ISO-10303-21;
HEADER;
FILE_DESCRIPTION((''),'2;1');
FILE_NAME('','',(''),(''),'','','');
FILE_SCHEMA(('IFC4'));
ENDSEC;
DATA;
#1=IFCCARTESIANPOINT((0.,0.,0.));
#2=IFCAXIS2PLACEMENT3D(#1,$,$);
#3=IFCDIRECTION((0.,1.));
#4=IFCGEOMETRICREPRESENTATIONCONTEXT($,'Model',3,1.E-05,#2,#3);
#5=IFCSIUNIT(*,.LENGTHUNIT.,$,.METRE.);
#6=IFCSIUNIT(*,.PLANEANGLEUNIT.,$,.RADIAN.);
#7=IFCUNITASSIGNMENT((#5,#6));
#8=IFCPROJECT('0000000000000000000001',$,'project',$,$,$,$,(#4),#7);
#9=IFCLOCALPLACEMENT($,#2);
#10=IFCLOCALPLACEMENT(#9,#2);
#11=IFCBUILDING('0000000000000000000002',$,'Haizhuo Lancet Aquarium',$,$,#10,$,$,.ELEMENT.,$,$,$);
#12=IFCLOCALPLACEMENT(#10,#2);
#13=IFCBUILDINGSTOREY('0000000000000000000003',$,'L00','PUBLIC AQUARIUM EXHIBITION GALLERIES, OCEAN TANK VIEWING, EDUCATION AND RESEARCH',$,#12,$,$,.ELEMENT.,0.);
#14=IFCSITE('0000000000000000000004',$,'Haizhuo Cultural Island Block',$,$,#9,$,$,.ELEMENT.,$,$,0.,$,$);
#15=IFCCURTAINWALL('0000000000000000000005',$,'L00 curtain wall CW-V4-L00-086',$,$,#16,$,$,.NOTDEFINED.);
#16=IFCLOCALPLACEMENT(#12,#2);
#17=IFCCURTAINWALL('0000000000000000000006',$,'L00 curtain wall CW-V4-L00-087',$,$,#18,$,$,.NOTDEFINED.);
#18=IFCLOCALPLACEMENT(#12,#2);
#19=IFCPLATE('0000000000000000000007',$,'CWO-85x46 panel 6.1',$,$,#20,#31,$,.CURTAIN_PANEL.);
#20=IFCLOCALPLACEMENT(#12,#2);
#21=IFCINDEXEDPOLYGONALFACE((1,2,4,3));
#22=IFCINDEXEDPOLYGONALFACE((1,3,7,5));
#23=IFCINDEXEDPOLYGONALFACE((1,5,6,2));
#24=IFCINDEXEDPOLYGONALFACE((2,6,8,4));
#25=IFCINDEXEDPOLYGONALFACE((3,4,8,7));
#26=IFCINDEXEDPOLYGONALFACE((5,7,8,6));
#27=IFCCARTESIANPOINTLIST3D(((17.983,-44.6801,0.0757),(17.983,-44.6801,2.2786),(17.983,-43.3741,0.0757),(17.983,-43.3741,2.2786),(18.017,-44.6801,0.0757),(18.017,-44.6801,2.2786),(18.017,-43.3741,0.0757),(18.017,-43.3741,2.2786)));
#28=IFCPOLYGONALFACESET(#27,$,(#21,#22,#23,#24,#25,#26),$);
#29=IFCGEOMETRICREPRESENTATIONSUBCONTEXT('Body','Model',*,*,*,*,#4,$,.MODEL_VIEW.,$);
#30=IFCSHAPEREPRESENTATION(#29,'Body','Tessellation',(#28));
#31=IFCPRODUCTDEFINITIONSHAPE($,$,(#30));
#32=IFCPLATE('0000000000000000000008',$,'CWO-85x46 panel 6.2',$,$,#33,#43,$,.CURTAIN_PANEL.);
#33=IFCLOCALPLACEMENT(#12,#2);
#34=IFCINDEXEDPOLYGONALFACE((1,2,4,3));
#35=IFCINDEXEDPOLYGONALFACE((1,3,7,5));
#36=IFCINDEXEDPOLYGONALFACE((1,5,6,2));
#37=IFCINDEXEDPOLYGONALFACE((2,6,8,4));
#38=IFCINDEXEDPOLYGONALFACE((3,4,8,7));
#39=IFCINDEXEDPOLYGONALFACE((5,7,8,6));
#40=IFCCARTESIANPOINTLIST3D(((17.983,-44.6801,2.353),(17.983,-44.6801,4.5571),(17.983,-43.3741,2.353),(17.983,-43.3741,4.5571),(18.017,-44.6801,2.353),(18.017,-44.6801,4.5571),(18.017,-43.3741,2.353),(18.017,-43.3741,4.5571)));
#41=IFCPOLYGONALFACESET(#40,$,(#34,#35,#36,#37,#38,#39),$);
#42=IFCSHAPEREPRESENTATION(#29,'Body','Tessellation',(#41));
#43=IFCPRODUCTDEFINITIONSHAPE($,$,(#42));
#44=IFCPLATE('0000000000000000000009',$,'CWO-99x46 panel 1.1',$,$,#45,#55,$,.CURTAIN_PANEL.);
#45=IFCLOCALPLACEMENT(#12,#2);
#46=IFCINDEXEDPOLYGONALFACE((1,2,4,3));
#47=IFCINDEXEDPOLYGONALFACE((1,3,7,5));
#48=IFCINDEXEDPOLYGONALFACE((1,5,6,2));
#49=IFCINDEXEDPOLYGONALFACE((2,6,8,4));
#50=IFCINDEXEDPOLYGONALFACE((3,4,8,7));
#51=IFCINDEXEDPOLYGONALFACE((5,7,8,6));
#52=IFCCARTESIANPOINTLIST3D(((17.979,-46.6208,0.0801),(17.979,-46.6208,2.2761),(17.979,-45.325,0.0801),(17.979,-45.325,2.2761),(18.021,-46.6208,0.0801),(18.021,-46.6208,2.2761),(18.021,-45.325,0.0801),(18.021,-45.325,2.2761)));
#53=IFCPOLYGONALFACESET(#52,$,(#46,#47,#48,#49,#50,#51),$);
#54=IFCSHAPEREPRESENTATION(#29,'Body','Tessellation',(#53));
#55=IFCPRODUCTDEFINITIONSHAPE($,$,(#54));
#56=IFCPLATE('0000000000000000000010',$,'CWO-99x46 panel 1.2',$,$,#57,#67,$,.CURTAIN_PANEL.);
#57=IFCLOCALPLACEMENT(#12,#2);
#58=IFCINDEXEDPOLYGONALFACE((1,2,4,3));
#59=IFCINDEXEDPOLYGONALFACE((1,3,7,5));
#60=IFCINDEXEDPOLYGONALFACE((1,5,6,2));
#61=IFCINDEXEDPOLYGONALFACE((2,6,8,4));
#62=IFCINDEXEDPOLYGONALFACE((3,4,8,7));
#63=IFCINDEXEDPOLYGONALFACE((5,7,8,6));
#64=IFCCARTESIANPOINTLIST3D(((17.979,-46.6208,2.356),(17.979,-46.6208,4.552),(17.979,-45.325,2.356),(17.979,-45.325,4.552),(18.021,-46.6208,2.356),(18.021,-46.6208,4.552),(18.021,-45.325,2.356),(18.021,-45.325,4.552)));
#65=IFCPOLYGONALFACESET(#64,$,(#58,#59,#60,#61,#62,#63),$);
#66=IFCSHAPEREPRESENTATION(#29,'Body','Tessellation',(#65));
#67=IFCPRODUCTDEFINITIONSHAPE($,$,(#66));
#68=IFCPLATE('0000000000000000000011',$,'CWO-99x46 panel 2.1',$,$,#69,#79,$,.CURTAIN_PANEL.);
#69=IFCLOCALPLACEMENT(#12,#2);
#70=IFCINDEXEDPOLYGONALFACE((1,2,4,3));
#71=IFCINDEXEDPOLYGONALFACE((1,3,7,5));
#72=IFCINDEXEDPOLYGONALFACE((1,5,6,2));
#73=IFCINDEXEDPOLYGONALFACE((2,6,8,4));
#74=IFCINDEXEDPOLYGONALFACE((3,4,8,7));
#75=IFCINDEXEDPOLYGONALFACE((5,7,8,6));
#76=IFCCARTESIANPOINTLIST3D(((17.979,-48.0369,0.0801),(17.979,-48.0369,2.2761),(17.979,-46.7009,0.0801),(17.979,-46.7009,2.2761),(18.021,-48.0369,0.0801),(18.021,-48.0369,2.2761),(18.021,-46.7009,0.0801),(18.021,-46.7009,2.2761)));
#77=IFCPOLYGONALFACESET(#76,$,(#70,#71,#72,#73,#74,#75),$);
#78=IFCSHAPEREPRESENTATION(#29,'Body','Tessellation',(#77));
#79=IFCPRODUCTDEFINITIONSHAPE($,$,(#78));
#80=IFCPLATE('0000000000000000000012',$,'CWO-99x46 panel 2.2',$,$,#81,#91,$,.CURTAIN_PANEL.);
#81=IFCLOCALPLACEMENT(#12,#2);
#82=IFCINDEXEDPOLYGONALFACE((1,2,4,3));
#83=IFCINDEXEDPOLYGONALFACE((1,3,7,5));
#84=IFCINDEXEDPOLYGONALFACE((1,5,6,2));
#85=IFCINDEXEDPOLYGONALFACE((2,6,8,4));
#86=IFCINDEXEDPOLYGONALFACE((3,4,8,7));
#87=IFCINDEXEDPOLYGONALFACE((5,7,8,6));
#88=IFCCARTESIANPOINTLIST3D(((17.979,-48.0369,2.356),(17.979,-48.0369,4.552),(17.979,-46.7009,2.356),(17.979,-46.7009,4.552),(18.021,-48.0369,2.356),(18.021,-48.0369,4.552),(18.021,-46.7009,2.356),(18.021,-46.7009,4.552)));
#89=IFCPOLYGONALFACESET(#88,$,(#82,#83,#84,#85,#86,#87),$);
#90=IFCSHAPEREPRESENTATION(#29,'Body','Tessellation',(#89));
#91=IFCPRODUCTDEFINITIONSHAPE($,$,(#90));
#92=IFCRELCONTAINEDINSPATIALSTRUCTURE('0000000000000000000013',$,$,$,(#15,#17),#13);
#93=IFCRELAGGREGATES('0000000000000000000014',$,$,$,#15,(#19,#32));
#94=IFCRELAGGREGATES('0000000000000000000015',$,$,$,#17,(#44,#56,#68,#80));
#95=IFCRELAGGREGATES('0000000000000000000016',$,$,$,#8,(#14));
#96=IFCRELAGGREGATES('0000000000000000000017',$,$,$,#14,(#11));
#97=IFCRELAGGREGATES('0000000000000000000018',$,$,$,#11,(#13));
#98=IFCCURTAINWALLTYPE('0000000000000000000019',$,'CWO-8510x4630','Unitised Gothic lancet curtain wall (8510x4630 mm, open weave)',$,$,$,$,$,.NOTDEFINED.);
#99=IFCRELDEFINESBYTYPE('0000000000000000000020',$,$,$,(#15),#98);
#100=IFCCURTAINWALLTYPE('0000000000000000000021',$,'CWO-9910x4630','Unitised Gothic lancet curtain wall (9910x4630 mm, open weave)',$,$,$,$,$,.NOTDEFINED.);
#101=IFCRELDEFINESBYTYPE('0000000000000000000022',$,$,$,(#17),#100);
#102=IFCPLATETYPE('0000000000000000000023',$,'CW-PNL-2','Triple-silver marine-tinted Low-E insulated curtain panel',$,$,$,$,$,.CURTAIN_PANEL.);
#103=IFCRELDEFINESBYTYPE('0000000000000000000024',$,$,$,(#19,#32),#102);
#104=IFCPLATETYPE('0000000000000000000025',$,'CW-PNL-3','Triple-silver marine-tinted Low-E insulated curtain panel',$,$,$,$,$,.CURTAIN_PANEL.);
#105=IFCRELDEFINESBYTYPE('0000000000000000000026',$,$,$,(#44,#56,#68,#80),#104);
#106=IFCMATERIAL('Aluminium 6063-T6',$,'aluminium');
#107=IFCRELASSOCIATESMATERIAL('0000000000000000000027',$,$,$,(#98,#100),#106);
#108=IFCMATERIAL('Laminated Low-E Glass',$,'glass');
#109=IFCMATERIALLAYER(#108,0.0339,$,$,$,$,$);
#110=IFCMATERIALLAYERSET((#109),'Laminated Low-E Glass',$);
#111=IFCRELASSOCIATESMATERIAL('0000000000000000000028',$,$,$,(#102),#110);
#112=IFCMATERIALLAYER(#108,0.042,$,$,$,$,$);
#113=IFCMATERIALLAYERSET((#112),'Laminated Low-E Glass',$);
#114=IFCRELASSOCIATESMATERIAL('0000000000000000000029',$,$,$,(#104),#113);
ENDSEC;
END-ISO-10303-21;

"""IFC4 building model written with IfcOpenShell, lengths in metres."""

from ifc_helpers import new_model, si_unit, direction, frame, origin, origin_2d, place, context, subcontext, project, spatial, rectangle, extrude, material, layer, layer_set, type_object, element, aggregate, save


model = new_model("IFC4")

# Units and contexts
model_context = context("Model", 3, precision=1e-05, world=origin(), true_north=direction((0.0, 1.0)))
body_context = subcontext(model_context, "Body", "Model", "MODEL_VIEW")
ifc_project = project(units=[si_unit("LENGTHUNIT", "METRE"), si_unit("PLANEANGLEUNIT", "RADIAN")], contexts=[model_context])

# Site, building, storey
site_placement = place(None, origin())
site = spatial("IfcSite", under=ifc_project, at=site_placement, Name="Haizhuo Cultural Island Block", CompositionType="ELEMENT", RefElevation=0.0)
building_placement = place(site_placement, origin())
building = spatial("IfcBuilding", under=site, at=building_placement, Name="Haizhuo Lancet Aquarium", CompositionType="ELEMENT")
storey_placement = place(building_placement, origin())
storey = spatial("IfcBuildingStorey", under=building, at=storey_placement, Name="L00", Description="PUBLIC AQUARIUM EXHIBITION GALLERIES, OCEAN TANK VIEWING, EDUCATION AND RESEARCH", CompositionType="ELEMENT", Elevation=0.0)

# Curtain walls
ifc_material_1 = material(Name="Aluminium 6063-T6", Category="aluminium")
curtain_wall_type_1 = type_object("IfcCurtainWallType", Name="CWO-8510x4630", Description="Unitised Gothic lancet curtain wall (8510x4630 mm, open weave)", PredefinedType="NOTDEFINED", material=ifc_material_1)
curtain_wall_1_placement = place(storey_placement, origin())
curtain_wall_1 = element("IfcCurtainWall", 1, at=curtain_wall_1_placement, inside=storey, type_object=curtain_wall_type_1, Name="L00 curtain wall CW-V4-L00-086", PredefinedType="NOTDEFINED")
curtain_wall_type_2 = type_object("IfcCurtainWallType", Name="CWO-9910x4630", Description="Unitised Gothic lancet curtain wall (9910x4630 mm, open weave)", PredefinedType="NOTDEFINED", material=ifc_material_1)
curtain_wall_2_placement = place(storey_placement, origin())
curtain_wall_2 = element("IfcCurtainWall", 2, at=curtain_wall_2_placement, inside=storey, type_object=curtain_wall_type_2, Name="L00 curtain wall CW-V4-L00-087", PredefinedType="NOTDEFINED")

# Plates
ifc_material_2 = material(Name="Laminated Low-E Glass", Category="glass")
ifc_layer_1 = layer(ifc_material_2, 0.0339)
ifc_layer_set_1 = layer_set([ifc_layer_1], Name="Laminated Low-E Glass")
plate_type_1 = type_object("IfcPlateType", Name="CW-PNL-2", Description="Triple-silver marine-tinted Low-E insulated curtain panel", PredefinedType="CURTAIN_PANEL", material=ifc_layer_set_1)
plate_1_placement = place(storey_placement, frame((18.0, -44.0271, 0.0757), z_axis=(0.0, 0.0, 1.0), x_axis=(0.0, -1.0, 0.0)))
plate_1 = element("IfcPlate", 3, at=plate_1_placement, type_object=plate_type_1, Name="CWO-85x46 panel 6.1", PredefinedType="CURTAIN_PANEL", context=body_context, shape_type="SweptSolid", body=[
    extrude(rectangle(XDim=1.3059, YDim=0.0339, at=origin_2d()), origin(), (0.0, 0.0, 1.0), 2.2029),
])
plate_2_placement = place(storey_placement, frame((18.0, -44.0271, 2.353), z_axis=(0.0, 0.0, 1.0), x_axis=(0.0, -1.0, 0.0)))
plate_2 = element("IfcPlate", 4, at=plate_2_placement, type_object=plate_type_1, Name="CWO-85x46 panel 6.2", PredefinedType="CURTAIN_PANEL", context=body_context, shape_type="SweptSolid", body=[
    extrude(rectangle(XDim=1.3059, YDim=0.0339, at=origin_2d()), origin(), (0.0, 0.0, 1.0), 2.2041),
])
aggregate(curtain_wall_1, [plate_1, plate_2])
ifc_layer_2 = layer(ifc_material_2, 0.042)
ifc_layer_set_2 = layer_set([ifc_layer_2], Name="Laminated Low-E Glass")
plate_type_2 = type_object("IfcPlateType", Name="CW-PNL-3", Description="Triple-silver marine-tinted Low-E insulated curtain panel", PredefinedType="CURTAIN_PANEL", material=ifc_layer_set_2)
plate_3_placement = place(storey_placement, frame((18.0, -45.9729, 0.0801), z_axis=(0.0, 0.0, 1.0), x_axis=(0.0, -1.0, 0.0)))
plate_3 = element("IfcPlate", 5, at=plate_3_placement, type_object=plate_type_2, Name="CWO-99x46 panel 1.1", PredefinedType="CURTAIN_PANEL", context=body_context, shape_type="SweptSolid", body=[
    extrude(rectangle(XDim=1.2959, YDim=0.042, at=origin_2d()), origin(), (0.0, 0.0, 1.0), 2.196),
])
plate_4_placement = place(storey_placement, frame((18.0, -45.9729, 2.356), z_axis=(0.0, 0.0, 1.0), x_axis=(0.0, -1.0, 0.0)))
plate_4 = element("IfcPlate", 6, at=plate_4_placement, type_object=plate_type_2, Name="CWO-99x46 panel 1.2", PredefinedType="CURTAIN_PANEL", context=body_context, shape_type="SweptSolid", body=[
    extrude(rectangle(XDim=1.2959, YDim=0.042, at=origin_2d()), origin(), (0.0, 0.0, 1.0), 2.196),
])
plate_5_placement = place(storey_placement, frame((18.0, -47.3689, 0.0801), z_axis=(0.0, 0.0, 1.0), x_axis=(0.0, -1.0, 0.0)))
plate_5 = element("IfcPlate", 7, at=plate_5_placement, type_object=plate_type_2, Name="CWO-99x46 panel 2.1", PredefinedType="CURTAIN_PANEL", context=body_context, shape_type="SweptSolid", body=[
    extrude(rectangle(XDim=1.3359, YDim=0.042, at=origin_2d()), origin(), (0.0, 0.0, 1.0), 2.196),
])
plate_6_placement = place(storey_placement, frame((18.0, -47.3689, 2.356), z_axis=(0.0, 0.0, 1.0), x_axis=(0.0, -1.0, 0.0)))
plate_6 = element("IfcPlate", 8, at=plate_6_placement, type_object=plate_type_2, Name="CWO-99x46 panel 2.2", PredefinedType="CURTAIN_PANEL", context=body_context, shape_type="SweptSolid", body=[
    extrude(rectangle(XDim=1.3359, YDim=0.042, at=origin_2d()), origin(), (0.0, 0.0, 1.0), 2.196),
])
aggregate(curtain_wall_2, [plate_3, plate_4, plate_5, plate_6])

save(model, "model.ifc")
